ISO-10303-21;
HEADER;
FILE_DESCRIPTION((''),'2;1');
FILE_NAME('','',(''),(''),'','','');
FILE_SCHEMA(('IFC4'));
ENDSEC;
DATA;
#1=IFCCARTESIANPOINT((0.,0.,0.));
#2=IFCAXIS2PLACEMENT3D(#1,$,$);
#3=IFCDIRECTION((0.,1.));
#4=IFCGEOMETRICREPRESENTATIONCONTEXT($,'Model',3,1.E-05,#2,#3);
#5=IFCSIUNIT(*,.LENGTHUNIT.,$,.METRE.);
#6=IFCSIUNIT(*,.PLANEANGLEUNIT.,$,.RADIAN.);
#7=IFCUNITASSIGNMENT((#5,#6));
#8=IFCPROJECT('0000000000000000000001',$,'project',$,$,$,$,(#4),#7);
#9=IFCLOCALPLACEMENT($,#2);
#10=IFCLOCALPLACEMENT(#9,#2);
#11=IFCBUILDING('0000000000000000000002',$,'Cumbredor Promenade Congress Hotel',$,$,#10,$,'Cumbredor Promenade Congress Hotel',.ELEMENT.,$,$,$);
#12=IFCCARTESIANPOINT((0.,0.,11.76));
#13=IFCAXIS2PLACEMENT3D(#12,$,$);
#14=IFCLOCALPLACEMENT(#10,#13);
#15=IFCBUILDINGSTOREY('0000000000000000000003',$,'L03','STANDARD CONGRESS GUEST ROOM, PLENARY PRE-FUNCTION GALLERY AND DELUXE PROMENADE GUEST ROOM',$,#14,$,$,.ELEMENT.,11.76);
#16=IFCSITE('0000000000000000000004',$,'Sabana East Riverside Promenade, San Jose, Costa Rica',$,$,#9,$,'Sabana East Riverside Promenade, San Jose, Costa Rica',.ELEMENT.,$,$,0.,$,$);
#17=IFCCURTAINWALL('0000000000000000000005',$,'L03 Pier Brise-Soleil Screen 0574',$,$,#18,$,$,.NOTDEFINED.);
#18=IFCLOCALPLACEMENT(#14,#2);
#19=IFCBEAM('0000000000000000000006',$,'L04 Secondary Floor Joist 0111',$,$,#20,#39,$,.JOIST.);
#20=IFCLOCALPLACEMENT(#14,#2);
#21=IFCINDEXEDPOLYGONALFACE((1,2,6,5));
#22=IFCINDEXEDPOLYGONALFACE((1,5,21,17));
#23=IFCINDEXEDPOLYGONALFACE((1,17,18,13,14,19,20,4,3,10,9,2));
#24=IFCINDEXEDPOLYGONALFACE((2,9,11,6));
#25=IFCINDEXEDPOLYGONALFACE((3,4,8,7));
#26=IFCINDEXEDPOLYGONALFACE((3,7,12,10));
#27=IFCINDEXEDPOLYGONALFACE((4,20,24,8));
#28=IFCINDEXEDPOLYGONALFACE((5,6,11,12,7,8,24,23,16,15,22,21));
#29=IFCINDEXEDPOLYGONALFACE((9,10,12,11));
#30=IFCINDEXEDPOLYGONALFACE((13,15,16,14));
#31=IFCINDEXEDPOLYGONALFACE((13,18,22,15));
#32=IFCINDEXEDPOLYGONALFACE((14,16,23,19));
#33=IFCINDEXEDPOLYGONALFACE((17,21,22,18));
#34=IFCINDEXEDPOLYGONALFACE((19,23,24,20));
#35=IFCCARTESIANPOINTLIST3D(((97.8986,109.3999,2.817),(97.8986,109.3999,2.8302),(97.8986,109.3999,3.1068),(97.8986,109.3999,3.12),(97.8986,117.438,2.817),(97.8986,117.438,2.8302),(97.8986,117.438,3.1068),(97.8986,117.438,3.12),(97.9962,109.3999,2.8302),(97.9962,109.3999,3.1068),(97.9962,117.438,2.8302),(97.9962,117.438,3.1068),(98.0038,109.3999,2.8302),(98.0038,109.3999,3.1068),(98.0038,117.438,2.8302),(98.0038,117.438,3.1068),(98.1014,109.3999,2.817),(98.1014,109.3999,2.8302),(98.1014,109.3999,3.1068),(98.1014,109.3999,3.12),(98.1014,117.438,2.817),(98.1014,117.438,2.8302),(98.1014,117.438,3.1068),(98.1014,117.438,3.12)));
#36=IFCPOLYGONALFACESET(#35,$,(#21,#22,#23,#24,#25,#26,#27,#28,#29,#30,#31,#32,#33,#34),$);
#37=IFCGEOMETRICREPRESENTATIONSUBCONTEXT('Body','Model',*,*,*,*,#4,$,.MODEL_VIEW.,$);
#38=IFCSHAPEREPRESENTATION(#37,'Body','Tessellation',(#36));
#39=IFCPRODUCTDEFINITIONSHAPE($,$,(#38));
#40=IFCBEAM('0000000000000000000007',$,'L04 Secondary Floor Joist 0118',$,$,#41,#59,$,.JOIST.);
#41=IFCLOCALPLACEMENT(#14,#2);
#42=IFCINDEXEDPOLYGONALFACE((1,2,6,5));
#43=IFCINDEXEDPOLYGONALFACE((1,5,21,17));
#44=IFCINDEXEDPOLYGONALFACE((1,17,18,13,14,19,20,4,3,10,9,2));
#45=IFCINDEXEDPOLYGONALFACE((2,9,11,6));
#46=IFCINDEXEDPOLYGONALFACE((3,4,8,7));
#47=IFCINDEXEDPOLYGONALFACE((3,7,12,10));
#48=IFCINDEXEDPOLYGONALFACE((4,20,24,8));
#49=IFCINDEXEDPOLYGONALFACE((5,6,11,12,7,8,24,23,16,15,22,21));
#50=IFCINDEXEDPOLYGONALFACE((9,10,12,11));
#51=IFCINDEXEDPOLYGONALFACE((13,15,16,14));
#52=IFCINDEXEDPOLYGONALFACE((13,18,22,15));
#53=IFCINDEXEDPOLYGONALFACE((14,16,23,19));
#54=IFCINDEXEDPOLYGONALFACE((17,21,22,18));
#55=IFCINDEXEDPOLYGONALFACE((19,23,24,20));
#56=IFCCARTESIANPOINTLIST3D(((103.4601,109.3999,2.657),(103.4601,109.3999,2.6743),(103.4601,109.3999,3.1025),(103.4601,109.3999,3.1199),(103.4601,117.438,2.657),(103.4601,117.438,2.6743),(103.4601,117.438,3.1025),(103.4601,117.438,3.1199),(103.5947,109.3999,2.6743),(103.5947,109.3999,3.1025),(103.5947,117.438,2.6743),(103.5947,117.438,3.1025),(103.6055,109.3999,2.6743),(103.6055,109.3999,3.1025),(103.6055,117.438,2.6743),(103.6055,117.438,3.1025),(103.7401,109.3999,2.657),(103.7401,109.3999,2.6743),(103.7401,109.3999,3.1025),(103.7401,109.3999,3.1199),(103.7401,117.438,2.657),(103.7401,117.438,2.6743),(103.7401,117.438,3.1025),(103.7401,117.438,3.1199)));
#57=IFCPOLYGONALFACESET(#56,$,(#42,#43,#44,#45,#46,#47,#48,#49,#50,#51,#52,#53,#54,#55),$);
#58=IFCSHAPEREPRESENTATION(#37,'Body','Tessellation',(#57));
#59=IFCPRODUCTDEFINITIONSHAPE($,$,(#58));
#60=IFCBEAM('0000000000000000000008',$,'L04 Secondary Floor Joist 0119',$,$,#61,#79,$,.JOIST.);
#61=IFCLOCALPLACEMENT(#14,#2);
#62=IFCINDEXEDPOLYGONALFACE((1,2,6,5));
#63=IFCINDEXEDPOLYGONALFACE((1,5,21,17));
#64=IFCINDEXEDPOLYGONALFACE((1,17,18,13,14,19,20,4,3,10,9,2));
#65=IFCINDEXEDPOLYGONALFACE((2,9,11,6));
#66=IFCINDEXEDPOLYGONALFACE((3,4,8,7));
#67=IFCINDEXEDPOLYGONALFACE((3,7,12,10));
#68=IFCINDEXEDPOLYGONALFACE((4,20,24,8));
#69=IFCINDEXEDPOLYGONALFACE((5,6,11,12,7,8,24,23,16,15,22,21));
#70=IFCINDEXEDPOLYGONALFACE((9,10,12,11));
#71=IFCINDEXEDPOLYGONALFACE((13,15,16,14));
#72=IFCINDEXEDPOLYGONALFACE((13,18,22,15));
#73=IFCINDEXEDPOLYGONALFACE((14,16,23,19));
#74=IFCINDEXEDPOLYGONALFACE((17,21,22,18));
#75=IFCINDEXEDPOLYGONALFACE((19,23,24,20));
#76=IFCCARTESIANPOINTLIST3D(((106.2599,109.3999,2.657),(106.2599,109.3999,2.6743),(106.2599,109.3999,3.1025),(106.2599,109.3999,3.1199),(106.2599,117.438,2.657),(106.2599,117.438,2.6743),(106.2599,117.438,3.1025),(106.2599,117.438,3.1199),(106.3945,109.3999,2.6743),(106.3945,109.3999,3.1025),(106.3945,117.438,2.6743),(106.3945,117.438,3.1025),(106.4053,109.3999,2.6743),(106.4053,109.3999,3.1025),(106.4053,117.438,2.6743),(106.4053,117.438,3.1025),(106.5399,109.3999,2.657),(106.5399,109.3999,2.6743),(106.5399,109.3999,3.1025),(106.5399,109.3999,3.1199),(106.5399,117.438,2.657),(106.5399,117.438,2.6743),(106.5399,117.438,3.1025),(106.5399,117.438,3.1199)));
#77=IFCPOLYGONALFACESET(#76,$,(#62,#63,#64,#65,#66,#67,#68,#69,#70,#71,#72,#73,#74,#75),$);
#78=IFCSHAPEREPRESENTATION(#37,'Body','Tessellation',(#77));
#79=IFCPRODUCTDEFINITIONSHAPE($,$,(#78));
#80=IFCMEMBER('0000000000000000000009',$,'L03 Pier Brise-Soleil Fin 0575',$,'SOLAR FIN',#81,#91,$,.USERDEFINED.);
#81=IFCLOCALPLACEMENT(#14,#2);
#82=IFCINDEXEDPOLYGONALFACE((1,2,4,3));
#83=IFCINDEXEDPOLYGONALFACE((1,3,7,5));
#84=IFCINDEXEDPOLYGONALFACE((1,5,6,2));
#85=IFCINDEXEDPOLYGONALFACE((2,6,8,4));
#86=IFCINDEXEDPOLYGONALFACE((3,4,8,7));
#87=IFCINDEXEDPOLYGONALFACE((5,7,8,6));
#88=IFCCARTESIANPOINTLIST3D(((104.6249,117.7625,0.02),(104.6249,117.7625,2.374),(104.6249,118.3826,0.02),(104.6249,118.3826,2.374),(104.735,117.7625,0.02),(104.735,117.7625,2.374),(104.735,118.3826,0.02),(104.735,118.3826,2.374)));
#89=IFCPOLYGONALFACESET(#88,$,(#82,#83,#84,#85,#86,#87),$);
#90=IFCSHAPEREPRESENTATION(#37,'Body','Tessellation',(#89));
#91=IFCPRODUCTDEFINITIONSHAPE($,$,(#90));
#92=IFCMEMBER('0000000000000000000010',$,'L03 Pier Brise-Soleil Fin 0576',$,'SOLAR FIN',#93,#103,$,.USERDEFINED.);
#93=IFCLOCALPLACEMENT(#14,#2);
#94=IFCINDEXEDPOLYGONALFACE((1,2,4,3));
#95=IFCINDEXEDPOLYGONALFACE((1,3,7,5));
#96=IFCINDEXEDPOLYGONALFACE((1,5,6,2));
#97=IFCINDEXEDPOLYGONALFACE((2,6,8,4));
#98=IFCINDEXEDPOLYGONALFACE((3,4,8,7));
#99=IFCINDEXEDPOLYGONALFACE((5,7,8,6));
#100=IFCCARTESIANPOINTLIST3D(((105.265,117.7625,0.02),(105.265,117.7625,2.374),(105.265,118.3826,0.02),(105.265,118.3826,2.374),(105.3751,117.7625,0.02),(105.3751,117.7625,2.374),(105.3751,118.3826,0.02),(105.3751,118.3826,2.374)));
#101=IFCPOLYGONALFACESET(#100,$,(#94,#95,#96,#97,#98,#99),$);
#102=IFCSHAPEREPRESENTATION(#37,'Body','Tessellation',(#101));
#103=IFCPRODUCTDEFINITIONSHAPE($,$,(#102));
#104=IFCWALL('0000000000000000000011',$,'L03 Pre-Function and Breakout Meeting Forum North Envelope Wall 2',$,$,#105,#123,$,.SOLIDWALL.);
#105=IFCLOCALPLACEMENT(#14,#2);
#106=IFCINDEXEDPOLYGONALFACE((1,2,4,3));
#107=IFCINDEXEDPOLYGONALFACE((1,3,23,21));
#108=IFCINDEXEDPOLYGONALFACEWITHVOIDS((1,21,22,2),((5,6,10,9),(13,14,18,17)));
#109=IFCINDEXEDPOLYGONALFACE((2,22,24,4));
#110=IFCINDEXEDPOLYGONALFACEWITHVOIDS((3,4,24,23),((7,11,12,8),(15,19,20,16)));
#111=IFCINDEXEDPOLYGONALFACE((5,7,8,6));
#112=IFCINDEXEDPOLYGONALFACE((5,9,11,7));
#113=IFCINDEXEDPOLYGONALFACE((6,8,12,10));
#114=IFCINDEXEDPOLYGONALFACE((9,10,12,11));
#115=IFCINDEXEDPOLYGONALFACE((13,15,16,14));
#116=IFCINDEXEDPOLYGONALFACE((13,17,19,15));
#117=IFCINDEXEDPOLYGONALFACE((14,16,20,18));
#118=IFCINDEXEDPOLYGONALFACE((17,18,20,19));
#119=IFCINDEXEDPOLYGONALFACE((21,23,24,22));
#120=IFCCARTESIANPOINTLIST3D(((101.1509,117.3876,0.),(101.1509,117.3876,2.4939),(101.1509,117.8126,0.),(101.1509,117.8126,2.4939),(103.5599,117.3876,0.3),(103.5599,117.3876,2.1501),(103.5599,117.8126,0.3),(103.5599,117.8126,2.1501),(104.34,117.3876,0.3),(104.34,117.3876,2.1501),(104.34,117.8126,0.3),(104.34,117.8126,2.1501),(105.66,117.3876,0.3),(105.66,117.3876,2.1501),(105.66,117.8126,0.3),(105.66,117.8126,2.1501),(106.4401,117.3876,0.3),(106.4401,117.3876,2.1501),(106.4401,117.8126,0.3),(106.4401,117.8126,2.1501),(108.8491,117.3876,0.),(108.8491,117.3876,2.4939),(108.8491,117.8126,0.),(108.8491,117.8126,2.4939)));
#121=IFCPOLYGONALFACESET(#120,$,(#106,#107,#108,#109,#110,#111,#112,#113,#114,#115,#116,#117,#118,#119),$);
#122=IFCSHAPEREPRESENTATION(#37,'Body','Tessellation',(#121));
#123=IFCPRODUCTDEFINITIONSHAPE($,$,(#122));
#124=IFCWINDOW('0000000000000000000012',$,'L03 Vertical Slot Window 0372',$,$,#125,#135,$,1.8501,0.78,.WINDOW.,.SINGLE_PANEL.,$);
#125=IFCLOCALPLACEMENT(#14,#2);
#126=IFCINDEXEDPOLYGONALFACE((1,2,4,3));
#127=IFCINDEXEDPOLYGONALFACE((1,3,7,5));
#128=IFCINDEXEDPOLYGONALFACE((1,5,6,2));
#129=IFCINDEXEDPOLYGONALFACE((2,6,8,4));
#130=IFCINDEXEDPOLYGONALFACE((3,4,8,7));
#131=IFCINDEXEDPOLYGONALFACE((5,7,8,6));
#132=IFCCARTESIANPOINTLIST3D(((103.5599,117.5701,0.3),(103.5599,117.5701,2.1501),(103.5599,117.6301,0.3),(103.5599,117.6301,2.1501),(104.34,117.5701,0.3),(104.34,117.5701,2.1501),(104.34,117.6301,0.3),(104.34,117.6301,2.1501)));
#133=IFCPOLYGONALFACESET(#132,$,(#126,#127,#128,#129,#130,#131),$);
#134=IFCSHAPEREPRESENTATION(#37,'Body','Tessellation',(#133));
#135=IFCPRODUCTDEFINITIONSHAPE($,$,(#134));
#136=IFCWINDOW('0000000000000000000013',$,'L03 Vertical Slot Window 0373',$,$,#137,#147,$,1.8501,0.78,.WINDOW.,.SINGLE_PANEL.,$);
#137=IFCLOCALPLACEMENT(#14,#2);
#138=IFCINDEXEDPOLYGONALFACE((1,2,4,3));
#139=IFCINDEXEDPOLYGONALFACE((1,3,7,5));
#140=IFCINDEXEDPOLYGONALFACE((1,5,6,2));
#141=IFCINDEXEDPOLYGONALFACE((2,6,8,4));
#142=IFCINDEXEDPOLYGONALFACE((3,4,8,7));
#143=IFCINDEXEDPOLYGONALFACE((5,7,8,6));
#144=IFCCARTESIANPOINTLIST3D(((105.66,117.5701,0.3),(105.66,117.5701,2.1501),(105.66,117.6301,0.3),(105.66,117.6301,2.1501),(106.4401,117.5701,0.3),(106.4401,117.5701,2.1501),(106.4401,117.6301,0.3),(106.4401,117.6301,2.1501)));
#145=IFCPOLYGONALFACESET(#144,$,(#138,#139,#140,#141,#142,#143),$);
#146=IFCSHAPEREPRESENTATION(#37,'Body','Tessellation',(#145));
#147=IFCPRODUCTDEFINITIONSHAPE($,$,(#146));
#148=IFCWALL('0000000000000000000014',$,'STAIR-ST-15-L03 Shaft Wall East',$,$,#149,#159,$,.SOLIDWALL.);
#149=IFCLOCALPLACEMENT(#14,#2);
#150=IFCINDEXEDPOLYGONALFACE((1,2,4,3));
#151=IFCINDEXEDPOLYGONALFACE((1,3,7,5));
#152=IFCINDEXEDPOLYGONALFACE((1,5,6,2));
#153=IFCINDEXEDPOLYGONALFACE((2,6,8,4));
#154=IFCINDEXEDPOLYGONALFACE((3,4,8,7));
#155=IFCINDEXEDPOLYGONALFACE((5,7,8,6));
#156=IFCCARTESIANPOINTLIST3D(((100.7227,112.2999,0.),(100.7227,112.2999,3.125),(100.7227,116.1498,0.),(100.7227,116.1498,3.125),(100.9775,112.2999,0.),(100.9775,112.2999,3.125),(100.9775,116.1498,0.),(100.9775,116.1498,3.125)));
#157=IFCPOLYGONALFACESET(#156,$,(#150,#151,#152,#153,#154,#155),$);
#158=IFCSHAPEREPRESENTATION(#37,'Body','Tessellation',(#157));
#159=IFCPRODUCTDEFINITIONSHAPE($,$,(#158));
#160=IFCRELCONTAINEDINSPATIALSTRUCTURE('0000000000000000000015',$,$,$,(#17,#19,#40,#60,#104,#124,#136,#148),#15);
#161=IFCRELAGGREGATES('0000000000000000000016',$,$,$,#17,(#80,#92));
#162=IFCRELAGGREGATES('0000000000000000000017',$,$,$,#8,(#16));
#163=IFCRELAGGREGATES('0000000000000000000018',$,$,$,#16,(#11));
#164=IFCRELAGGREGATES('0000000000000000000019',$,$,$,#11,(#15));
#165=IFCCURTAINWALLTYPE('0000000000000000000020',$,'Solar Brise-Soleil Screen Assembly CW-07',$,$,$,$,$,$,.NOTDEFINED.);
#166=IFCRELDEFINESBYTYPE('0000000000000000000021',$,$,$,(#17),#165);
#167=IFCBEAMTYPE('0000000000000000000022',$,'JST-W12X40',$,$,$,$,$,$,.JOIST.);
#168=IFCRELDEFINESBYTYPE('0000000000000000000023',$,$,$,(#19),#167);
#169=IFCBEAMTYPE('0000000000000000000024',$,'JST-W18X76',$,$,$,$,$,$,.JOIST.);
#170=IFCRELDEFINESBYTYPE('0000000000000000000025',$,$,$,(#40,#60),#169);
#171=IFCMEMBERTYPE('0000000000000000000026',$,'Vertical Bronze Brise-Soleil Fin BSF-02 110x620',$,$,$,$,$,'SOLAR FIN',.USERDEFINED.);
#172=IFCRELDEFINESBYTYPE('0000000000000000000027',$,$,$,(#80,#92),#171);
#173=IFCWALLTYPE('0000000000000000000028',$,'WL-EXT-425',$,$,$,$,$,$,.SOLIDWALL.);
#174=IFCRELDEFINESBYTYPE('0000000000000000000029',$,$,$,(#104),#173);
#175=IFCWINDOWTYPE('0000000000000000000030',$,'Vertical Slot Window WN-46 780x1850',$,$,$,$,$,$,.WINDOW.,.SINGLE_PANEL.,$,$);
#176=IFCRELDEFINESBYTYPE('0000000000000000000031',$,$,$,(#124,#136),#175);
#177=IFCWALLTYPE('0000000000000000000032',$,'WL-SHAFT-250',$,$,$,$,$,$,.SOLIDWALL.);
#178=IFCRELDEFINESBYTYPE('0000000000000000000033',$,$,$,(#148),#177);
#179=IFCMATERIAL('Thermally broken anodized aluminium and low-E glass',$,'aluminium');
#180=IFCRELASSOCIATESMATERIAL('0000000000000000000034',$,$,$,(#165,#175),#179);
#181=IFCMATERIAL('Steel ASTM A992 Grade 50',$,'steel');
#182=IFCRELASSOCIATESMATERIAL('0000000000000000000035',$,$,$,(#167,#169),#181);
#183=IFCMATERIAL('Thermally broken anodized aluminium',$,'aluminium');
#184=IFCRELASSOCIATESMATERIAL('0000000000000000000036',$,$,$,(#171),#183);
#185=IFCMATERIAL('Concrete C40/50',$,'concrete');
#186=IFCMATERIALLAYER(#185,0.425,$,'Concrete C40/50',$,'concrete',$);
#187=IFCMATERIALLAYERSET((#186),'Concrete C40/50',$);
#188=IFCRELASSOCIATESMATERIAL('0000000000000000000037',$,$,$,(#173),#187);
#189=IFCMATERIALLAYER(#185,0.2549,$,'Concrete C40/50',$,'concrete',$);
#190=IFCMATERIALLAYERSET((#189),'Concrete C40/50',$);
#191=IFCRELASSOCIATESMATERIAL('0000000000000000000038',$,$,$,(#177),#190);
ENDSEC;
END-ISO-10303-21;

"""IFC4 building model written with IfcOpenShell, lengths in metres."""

from ifc_helpers import new_model, si_unit, direction, frame, frame_2d, origin, origin_2d, place, context, subcontext, project, spatial, rectangle, i_section, extrude, material, layer, layer_set, material_profile, profile_set, type_object, element, fill, aggregate, save


model = new_model("IFC4")

# Units and contexts
model_context = context("Model", 3, precision=1e-05, world=origin(), true_north=direction((0.0, 1.0)))
body_context = subcontext(model_context, "Body", "Model", "MODEL_VIEW")
ifc_project = project(units=[si_unit("LENGTHUNIT", "METRE"), si_unit("PLANEANGLEUNIT", "RADIAN")], contexts=[model_context])

# Site, building, storey
site_placement = place(None, origin())
site = spatial("IfcSite", under=ifc_project, at=site_placement, Name="Sabana East Riverside Promenade, San Jose, Costa Rica", LongName="Sabana East Riverside Promenade, San Jose, Costa Rica", CompositionType="ELEMENT", RefElevation=0.0)
building_placement = place(site_placement, origin())
building = spatial("IfcBuilding", under=site, at=building_placement, Name="Cumbredor Promenade Congress Hotel", LongName="Cumbredor Promenade Congress Hotel", CompositionType="ELEMENT")
storey_placement = place(building_placement, frame((0.0, 0.0, 11.76)))
storey = spatial("IfcBuildingStorey", under=building, at=storey_placement, Name="L03", Description="STANDARD CONGRESS GUEST ROOM, PLENARY PRE-FUNCTION GALLERY AND DELUXE PROMENADE GUEST ROOM", CompositionType="ELEMENT", Elevation=11.76)

# Shared definitions
ifc_material_1 = material(Name="Concrete C40/50", Category="concrete")

# Shared definitions
ifc_material_2 = material(Name="Steel ASTM A992 Grade 50", Category="steel")

# Curtain wall
ifc_material_3 = material(Name="Thermally broken anodized aluminium and low-E glass", Category="aluminium")
curtain_wall_type = type_object("IfcCurtainWallType", Name="Solar Brise-Soleil Screen Assembly CW-07", PredefinedType="NOTDEFINED", material=ifc_material_3)
curtain_wall_placement = place(storey_placement, origin())
curtain_wall = element("IfcCurtainWall", 1, at=curtain_wall_placement, inside=storey, type_object=curtain_wall_type, Name="L03 Pier Brise-Soleil Screen 0574", PredefinedType="NOTDEFINED")
ifc_material_4 = material(Name="Thermally broken anodized aluminium", Category="aluminium")

# Beams
ifc_material_profile_1 = material_profile(ifc_material_2, i_section(OverallWidth=0.2029, OverallDepth=0.303, WebThickness=0.0076, FlangeThickness=0.0132, at=origin_2d()), Name="W12X40")
ifc_profile_set_1 = profile_set([ifc_material_profile_1], Name="Steel ASTM A992 Grade 50")
beam_type_1 = type_object("IfcBeamType", Name="JST-W12X40", PredefinedType="JOIST", material=ifc_profile_set_1)
beam_1_placement = place(storey_placement, frame((98.0, 109.3999, 2.9685), z_axis=(0.0, 1.0, 0.0), x_axis=(-1.0, 0.0, 0.0)))
element("IfcBeam", 2, at=beam_1_placement, inside=storey, type_object=beam_type_1, Name="L04 Secondary Floor Joist 0111", PredefinedType="JOIST", context=body_context, shape_type="SweptSolid", body=[
    extrude(i_section(OverallWidth=0.2029, OverallDepth=0.303, WebThickness=0.0076, FlangeThickness=0.0132, at=origin_2d()), origin(), (0.0, 0.0, 1.0), 8.0381),
])
ifc_material_profile_2 = material_profile(ifc_material_2, i_section(OverallWidth=0.28, OverallDepth=0.4629, WebThickness=0.0107, FlangeThickness=0.0173, at=origin_2d()), Name="W18X76")
ifc_profile_set_2 = profile_set([ifc_material_profile_2], Name="Steel ASTM A992 Grade 50")
beam_type_2 = type_object("IfcBeamType", Name="JST-W18X76", PredefinedType="JOIST", material=ifc_profile_set_2)
for number, where, z_axis, x_axis, name in (
    (3, (103.6001, 109.3999, 2.8884), (0.0, 1.0, 0.0), (-1.0, 0.0, 0.0), "L04 Secondary Floor Joist 0118"),
    (4, (106.3999, 109.3999, 2.8884), (0.0, 1.0, 0.0), (-1.0, 0.0, 0.0), "L04 Secondary Floor Joist 0119"),
):
    element("IfcBeam", number, at=place(storey_placement, frame(where, z_axis=z_axis, x_axis=x_axis)), inside=storey, type_object=beam_type_2, Name=name, PredefinedType="JOIST", context=body_context, shape_type="SweptSolid", body=[
        extrude(i_section(OverallWidth=0.28, OverallDepth=0.4629, WebThickness=0.0107, FlangeThickness=0.0173, at=origin_2d()), origin(), (0.0, 0.0, 1.0), 8.0381),
    ])

# Members
ifc_material_profile_3 = material_profile(ifc_material_4, rectangle(XDim=0.1101, YDim=0.6201, at=origin_2d()), Name="ARCH FIN 110x620")
ifc_profile_set_3 = profile_set([ifc_material_profile_3], Name="Thermally broken anodized aluminium")
member_type_1 = type_object("IfcMemberType", Name="Vertical Bronze Brise-Soleil Fin BSF-02 110x620", ElementType="SOLAR FIN", PredefinedType="USERDEFINED", material=ifc_profile_set_3)
member_1_placement = place(storey_placement, frame((104.6799, 118.0725, 0.02), z_axis=(0.0, 0.0, 1.0), x_axis=(1.0, 0.0, 0.0)))
member_1 = element("IfcMember", 5, at=member_1_placement, type_object=member_type_1, Name="L03 Pier Brise-Soleil Fin 0575", ObjectType="SOLAR FIN", PredefinedType="USERDEFINED", context=body_context, shape_type="SweptSolid", body=[
    extrude(rectangle(XDim=0.1101, YDim=0.6201, at=origin_2d()), origin(), (0.0, 0.0, 1.0), 2.354),
])
member_2_placement = place(storey_placement, frame((105.3201, 118.0725, 0.02), z_axis=(0.0, 0.0, 1.0), x_axis=(1.0, 0.0, 0.0)))
member_2 = element("IfcMember", 6, at=member_2_placement, type_object=member_type_1, Name="L03 Pier Brise-Soleil Fin 0576", ObjectType="SOLAR FIN", PredefinedType="USERDEFINED", context=body_context, shape_type="SweptSolid", body=[
    extrude(rectangle(XDim=0.1101, YDim=0.6201, at=origin_2d()), origin(), (0.0, 0.0, 1.0), 2.354),
])
aggregate(curtain_wall, [member_1, member_2])

# Wall, openings, windows
ifc_layer_1 = layer(ifc_material_1, 0.425, Name="Concrete C40/50", Category="concrete")
ifc_layer_set_1 = layer_set([ifc_layer_1], Name="Concrete C40/50")
wall_type_1 = type_object("IfcWallType", Name="WL-EXT-425", PredefinedType="SOLIDWALL", material=ifc_layer_set_1)
wall_1_placement = place(storey_placement, frame((101.1509, 117.6001, 0.0), z_axis=(0.0, 0.0, 1.0), x_axis=(1.0, 0.0, 0.0)))
wall_1 = element("IfcWall", 7, at=wall_1_placement, inside=storey, type_object=wall_type_1, Name="L03 Pre-Function and Breakout Meeting Forum North Envelope Wall 2", PredefinedType="SOLIDWALL", context=body_context, shape_type="SweptSolid", body=[
    extrude(rectangle(XDim=7.6982, YDim=0.425, at=frame_2d((3.8491, 0.0))), origin(), (0.0, 0.0, 1.0), 2.4939),
])
opening_1_placement = place(wall_1_placement, frame((2.4089, 0.0, 0.3)))
opening_1 = element("IfcOpeningElement", 8, at=opening_1_placement, cuts=wall_1, PredefinedType="OPENING", context=body_context, shape_type="SweptSolid", body=[
    extrude(rectangle(XDim=0.78, YDim=1.8501, at=frame_2d((0.3901, 0.925))), frame((0.0, 0.2227, 0.0), z_axis=(0.0, -1.0, 0.0), x_axis=(1.0, 0.0, 0.0)), (0.0, 0.0, 1.0), 0.4451),
])
opening_2_placement = place(wall_1_placement, frame((4.509, 0.0, 0.3)))
opening_2 = element("IfcOpeningElement", 9, at=opening_2_placement, cuts=wall_1, PredefinedType="OPENING", context=body_context, shape_type="SweptSolid", body=[
    extrude(rectangle(XDim=0.78, YDim=1.8501, at=frame_2d((0.3901, 0.925))), frame((0.0, 0.2227, 0.0), z_axis=(0.0, -1.0, 0.0), x_axis=(1.0, 0.0, 0.0)), (0.0, 0.0, 1.0), 0.4451),
])
window_type = type_object("IfcWindowType", Name="Vertical Slot Window WN-46 780x1850", PartitioningType="SINGLE_PANEL", PredefinedType="WINDOW", material=ifc_material_3)
window_1_placement = place(opening_1_placement, origin())
window_1 = element("IfcWindow", 10, at=window_1_placement, inside=storey, type_object=window_type, Name="L03 Vertical Slot Window 0372", OverallHeight=1.8501, OverallWidth=0.78, PartitioningType="SINGLE_PANEL", PredefinedType="WINDOW", context=body_context, shape_type="SweptSolid", body=[
    extrude(rectangle(XDim=0.78, YDim=1.8501, at=frame_2d((0.3901, 0.925))), frame((0.0, 0.03, 0.0), z_axis=(0.0, -1.0, 0.0), x_axis=(1.0, 0.0, 0.0)), (0.0, 0.0, 1.0), 0.0601),
])
fill(opening_1, window_1)
window_2_placement = place(opening_2_placement, origin())
window_2 = element("IfcWindow", 11, at=window_2_placement, inside=storey, type_object=window_type, Name="L03 Vertical Slot Window 0373", OverallHeight=1.8501, OverallWidth=0.78, PartitioningType="SINGLE_PANEL", PredefinedType="WINDOW", context=body_context, shape_type="SweptSolid", body=[
    extrude(rectangle(XDim=0.78, YDim=1.8501, at=frame_2d((0.3901, 0.925))), frame((0.0, 0.03, 0.0), z_axis=(0.0, -1.0, 0.0), x_axis=(1.0, 0.0, 0.0)), (0.0, 0.0, 1.0), 0.0601),
])
fill(opening_2, window_2)

# Wall
ifc_layer_2 = layer(ifc_material_1, 0.2549, Name="Concrete C40/50", Category="concrete")
ifc_layer_set_2 = layer_set([ifc_layer_2], Name="Concrete C40/50")
wall_type_2 = type_object("IfcWallType", Name="WL-SHAFT-250", PredefinedType="SOLIDWALL", material=ifc_layer_set_2)
wall_2_placement = place(storey_placement, frame((100.8501, 112.3, 0.0), z_axis=(0.0, 0.0, 1.0), x_axis=(0.0, 1.0, 0.0)))
element("IfcWall", 12, at=wall_2_placement, inside=storey, type_object=wall_type_2, Name="STAIR-ST-15-L03 Shaft Wall East", PredefinedType="SOLIDWALL", context=body_context, shape_type="SweptSolid", body=[
    extrude(rectangle(XDim=3.8499, YDim=0.2549, at=frame_2d((1.9248, 0.0))), origin(), (0.0, 0.0, 1.0), 3.125),
])

save(model, "model.ifc")
